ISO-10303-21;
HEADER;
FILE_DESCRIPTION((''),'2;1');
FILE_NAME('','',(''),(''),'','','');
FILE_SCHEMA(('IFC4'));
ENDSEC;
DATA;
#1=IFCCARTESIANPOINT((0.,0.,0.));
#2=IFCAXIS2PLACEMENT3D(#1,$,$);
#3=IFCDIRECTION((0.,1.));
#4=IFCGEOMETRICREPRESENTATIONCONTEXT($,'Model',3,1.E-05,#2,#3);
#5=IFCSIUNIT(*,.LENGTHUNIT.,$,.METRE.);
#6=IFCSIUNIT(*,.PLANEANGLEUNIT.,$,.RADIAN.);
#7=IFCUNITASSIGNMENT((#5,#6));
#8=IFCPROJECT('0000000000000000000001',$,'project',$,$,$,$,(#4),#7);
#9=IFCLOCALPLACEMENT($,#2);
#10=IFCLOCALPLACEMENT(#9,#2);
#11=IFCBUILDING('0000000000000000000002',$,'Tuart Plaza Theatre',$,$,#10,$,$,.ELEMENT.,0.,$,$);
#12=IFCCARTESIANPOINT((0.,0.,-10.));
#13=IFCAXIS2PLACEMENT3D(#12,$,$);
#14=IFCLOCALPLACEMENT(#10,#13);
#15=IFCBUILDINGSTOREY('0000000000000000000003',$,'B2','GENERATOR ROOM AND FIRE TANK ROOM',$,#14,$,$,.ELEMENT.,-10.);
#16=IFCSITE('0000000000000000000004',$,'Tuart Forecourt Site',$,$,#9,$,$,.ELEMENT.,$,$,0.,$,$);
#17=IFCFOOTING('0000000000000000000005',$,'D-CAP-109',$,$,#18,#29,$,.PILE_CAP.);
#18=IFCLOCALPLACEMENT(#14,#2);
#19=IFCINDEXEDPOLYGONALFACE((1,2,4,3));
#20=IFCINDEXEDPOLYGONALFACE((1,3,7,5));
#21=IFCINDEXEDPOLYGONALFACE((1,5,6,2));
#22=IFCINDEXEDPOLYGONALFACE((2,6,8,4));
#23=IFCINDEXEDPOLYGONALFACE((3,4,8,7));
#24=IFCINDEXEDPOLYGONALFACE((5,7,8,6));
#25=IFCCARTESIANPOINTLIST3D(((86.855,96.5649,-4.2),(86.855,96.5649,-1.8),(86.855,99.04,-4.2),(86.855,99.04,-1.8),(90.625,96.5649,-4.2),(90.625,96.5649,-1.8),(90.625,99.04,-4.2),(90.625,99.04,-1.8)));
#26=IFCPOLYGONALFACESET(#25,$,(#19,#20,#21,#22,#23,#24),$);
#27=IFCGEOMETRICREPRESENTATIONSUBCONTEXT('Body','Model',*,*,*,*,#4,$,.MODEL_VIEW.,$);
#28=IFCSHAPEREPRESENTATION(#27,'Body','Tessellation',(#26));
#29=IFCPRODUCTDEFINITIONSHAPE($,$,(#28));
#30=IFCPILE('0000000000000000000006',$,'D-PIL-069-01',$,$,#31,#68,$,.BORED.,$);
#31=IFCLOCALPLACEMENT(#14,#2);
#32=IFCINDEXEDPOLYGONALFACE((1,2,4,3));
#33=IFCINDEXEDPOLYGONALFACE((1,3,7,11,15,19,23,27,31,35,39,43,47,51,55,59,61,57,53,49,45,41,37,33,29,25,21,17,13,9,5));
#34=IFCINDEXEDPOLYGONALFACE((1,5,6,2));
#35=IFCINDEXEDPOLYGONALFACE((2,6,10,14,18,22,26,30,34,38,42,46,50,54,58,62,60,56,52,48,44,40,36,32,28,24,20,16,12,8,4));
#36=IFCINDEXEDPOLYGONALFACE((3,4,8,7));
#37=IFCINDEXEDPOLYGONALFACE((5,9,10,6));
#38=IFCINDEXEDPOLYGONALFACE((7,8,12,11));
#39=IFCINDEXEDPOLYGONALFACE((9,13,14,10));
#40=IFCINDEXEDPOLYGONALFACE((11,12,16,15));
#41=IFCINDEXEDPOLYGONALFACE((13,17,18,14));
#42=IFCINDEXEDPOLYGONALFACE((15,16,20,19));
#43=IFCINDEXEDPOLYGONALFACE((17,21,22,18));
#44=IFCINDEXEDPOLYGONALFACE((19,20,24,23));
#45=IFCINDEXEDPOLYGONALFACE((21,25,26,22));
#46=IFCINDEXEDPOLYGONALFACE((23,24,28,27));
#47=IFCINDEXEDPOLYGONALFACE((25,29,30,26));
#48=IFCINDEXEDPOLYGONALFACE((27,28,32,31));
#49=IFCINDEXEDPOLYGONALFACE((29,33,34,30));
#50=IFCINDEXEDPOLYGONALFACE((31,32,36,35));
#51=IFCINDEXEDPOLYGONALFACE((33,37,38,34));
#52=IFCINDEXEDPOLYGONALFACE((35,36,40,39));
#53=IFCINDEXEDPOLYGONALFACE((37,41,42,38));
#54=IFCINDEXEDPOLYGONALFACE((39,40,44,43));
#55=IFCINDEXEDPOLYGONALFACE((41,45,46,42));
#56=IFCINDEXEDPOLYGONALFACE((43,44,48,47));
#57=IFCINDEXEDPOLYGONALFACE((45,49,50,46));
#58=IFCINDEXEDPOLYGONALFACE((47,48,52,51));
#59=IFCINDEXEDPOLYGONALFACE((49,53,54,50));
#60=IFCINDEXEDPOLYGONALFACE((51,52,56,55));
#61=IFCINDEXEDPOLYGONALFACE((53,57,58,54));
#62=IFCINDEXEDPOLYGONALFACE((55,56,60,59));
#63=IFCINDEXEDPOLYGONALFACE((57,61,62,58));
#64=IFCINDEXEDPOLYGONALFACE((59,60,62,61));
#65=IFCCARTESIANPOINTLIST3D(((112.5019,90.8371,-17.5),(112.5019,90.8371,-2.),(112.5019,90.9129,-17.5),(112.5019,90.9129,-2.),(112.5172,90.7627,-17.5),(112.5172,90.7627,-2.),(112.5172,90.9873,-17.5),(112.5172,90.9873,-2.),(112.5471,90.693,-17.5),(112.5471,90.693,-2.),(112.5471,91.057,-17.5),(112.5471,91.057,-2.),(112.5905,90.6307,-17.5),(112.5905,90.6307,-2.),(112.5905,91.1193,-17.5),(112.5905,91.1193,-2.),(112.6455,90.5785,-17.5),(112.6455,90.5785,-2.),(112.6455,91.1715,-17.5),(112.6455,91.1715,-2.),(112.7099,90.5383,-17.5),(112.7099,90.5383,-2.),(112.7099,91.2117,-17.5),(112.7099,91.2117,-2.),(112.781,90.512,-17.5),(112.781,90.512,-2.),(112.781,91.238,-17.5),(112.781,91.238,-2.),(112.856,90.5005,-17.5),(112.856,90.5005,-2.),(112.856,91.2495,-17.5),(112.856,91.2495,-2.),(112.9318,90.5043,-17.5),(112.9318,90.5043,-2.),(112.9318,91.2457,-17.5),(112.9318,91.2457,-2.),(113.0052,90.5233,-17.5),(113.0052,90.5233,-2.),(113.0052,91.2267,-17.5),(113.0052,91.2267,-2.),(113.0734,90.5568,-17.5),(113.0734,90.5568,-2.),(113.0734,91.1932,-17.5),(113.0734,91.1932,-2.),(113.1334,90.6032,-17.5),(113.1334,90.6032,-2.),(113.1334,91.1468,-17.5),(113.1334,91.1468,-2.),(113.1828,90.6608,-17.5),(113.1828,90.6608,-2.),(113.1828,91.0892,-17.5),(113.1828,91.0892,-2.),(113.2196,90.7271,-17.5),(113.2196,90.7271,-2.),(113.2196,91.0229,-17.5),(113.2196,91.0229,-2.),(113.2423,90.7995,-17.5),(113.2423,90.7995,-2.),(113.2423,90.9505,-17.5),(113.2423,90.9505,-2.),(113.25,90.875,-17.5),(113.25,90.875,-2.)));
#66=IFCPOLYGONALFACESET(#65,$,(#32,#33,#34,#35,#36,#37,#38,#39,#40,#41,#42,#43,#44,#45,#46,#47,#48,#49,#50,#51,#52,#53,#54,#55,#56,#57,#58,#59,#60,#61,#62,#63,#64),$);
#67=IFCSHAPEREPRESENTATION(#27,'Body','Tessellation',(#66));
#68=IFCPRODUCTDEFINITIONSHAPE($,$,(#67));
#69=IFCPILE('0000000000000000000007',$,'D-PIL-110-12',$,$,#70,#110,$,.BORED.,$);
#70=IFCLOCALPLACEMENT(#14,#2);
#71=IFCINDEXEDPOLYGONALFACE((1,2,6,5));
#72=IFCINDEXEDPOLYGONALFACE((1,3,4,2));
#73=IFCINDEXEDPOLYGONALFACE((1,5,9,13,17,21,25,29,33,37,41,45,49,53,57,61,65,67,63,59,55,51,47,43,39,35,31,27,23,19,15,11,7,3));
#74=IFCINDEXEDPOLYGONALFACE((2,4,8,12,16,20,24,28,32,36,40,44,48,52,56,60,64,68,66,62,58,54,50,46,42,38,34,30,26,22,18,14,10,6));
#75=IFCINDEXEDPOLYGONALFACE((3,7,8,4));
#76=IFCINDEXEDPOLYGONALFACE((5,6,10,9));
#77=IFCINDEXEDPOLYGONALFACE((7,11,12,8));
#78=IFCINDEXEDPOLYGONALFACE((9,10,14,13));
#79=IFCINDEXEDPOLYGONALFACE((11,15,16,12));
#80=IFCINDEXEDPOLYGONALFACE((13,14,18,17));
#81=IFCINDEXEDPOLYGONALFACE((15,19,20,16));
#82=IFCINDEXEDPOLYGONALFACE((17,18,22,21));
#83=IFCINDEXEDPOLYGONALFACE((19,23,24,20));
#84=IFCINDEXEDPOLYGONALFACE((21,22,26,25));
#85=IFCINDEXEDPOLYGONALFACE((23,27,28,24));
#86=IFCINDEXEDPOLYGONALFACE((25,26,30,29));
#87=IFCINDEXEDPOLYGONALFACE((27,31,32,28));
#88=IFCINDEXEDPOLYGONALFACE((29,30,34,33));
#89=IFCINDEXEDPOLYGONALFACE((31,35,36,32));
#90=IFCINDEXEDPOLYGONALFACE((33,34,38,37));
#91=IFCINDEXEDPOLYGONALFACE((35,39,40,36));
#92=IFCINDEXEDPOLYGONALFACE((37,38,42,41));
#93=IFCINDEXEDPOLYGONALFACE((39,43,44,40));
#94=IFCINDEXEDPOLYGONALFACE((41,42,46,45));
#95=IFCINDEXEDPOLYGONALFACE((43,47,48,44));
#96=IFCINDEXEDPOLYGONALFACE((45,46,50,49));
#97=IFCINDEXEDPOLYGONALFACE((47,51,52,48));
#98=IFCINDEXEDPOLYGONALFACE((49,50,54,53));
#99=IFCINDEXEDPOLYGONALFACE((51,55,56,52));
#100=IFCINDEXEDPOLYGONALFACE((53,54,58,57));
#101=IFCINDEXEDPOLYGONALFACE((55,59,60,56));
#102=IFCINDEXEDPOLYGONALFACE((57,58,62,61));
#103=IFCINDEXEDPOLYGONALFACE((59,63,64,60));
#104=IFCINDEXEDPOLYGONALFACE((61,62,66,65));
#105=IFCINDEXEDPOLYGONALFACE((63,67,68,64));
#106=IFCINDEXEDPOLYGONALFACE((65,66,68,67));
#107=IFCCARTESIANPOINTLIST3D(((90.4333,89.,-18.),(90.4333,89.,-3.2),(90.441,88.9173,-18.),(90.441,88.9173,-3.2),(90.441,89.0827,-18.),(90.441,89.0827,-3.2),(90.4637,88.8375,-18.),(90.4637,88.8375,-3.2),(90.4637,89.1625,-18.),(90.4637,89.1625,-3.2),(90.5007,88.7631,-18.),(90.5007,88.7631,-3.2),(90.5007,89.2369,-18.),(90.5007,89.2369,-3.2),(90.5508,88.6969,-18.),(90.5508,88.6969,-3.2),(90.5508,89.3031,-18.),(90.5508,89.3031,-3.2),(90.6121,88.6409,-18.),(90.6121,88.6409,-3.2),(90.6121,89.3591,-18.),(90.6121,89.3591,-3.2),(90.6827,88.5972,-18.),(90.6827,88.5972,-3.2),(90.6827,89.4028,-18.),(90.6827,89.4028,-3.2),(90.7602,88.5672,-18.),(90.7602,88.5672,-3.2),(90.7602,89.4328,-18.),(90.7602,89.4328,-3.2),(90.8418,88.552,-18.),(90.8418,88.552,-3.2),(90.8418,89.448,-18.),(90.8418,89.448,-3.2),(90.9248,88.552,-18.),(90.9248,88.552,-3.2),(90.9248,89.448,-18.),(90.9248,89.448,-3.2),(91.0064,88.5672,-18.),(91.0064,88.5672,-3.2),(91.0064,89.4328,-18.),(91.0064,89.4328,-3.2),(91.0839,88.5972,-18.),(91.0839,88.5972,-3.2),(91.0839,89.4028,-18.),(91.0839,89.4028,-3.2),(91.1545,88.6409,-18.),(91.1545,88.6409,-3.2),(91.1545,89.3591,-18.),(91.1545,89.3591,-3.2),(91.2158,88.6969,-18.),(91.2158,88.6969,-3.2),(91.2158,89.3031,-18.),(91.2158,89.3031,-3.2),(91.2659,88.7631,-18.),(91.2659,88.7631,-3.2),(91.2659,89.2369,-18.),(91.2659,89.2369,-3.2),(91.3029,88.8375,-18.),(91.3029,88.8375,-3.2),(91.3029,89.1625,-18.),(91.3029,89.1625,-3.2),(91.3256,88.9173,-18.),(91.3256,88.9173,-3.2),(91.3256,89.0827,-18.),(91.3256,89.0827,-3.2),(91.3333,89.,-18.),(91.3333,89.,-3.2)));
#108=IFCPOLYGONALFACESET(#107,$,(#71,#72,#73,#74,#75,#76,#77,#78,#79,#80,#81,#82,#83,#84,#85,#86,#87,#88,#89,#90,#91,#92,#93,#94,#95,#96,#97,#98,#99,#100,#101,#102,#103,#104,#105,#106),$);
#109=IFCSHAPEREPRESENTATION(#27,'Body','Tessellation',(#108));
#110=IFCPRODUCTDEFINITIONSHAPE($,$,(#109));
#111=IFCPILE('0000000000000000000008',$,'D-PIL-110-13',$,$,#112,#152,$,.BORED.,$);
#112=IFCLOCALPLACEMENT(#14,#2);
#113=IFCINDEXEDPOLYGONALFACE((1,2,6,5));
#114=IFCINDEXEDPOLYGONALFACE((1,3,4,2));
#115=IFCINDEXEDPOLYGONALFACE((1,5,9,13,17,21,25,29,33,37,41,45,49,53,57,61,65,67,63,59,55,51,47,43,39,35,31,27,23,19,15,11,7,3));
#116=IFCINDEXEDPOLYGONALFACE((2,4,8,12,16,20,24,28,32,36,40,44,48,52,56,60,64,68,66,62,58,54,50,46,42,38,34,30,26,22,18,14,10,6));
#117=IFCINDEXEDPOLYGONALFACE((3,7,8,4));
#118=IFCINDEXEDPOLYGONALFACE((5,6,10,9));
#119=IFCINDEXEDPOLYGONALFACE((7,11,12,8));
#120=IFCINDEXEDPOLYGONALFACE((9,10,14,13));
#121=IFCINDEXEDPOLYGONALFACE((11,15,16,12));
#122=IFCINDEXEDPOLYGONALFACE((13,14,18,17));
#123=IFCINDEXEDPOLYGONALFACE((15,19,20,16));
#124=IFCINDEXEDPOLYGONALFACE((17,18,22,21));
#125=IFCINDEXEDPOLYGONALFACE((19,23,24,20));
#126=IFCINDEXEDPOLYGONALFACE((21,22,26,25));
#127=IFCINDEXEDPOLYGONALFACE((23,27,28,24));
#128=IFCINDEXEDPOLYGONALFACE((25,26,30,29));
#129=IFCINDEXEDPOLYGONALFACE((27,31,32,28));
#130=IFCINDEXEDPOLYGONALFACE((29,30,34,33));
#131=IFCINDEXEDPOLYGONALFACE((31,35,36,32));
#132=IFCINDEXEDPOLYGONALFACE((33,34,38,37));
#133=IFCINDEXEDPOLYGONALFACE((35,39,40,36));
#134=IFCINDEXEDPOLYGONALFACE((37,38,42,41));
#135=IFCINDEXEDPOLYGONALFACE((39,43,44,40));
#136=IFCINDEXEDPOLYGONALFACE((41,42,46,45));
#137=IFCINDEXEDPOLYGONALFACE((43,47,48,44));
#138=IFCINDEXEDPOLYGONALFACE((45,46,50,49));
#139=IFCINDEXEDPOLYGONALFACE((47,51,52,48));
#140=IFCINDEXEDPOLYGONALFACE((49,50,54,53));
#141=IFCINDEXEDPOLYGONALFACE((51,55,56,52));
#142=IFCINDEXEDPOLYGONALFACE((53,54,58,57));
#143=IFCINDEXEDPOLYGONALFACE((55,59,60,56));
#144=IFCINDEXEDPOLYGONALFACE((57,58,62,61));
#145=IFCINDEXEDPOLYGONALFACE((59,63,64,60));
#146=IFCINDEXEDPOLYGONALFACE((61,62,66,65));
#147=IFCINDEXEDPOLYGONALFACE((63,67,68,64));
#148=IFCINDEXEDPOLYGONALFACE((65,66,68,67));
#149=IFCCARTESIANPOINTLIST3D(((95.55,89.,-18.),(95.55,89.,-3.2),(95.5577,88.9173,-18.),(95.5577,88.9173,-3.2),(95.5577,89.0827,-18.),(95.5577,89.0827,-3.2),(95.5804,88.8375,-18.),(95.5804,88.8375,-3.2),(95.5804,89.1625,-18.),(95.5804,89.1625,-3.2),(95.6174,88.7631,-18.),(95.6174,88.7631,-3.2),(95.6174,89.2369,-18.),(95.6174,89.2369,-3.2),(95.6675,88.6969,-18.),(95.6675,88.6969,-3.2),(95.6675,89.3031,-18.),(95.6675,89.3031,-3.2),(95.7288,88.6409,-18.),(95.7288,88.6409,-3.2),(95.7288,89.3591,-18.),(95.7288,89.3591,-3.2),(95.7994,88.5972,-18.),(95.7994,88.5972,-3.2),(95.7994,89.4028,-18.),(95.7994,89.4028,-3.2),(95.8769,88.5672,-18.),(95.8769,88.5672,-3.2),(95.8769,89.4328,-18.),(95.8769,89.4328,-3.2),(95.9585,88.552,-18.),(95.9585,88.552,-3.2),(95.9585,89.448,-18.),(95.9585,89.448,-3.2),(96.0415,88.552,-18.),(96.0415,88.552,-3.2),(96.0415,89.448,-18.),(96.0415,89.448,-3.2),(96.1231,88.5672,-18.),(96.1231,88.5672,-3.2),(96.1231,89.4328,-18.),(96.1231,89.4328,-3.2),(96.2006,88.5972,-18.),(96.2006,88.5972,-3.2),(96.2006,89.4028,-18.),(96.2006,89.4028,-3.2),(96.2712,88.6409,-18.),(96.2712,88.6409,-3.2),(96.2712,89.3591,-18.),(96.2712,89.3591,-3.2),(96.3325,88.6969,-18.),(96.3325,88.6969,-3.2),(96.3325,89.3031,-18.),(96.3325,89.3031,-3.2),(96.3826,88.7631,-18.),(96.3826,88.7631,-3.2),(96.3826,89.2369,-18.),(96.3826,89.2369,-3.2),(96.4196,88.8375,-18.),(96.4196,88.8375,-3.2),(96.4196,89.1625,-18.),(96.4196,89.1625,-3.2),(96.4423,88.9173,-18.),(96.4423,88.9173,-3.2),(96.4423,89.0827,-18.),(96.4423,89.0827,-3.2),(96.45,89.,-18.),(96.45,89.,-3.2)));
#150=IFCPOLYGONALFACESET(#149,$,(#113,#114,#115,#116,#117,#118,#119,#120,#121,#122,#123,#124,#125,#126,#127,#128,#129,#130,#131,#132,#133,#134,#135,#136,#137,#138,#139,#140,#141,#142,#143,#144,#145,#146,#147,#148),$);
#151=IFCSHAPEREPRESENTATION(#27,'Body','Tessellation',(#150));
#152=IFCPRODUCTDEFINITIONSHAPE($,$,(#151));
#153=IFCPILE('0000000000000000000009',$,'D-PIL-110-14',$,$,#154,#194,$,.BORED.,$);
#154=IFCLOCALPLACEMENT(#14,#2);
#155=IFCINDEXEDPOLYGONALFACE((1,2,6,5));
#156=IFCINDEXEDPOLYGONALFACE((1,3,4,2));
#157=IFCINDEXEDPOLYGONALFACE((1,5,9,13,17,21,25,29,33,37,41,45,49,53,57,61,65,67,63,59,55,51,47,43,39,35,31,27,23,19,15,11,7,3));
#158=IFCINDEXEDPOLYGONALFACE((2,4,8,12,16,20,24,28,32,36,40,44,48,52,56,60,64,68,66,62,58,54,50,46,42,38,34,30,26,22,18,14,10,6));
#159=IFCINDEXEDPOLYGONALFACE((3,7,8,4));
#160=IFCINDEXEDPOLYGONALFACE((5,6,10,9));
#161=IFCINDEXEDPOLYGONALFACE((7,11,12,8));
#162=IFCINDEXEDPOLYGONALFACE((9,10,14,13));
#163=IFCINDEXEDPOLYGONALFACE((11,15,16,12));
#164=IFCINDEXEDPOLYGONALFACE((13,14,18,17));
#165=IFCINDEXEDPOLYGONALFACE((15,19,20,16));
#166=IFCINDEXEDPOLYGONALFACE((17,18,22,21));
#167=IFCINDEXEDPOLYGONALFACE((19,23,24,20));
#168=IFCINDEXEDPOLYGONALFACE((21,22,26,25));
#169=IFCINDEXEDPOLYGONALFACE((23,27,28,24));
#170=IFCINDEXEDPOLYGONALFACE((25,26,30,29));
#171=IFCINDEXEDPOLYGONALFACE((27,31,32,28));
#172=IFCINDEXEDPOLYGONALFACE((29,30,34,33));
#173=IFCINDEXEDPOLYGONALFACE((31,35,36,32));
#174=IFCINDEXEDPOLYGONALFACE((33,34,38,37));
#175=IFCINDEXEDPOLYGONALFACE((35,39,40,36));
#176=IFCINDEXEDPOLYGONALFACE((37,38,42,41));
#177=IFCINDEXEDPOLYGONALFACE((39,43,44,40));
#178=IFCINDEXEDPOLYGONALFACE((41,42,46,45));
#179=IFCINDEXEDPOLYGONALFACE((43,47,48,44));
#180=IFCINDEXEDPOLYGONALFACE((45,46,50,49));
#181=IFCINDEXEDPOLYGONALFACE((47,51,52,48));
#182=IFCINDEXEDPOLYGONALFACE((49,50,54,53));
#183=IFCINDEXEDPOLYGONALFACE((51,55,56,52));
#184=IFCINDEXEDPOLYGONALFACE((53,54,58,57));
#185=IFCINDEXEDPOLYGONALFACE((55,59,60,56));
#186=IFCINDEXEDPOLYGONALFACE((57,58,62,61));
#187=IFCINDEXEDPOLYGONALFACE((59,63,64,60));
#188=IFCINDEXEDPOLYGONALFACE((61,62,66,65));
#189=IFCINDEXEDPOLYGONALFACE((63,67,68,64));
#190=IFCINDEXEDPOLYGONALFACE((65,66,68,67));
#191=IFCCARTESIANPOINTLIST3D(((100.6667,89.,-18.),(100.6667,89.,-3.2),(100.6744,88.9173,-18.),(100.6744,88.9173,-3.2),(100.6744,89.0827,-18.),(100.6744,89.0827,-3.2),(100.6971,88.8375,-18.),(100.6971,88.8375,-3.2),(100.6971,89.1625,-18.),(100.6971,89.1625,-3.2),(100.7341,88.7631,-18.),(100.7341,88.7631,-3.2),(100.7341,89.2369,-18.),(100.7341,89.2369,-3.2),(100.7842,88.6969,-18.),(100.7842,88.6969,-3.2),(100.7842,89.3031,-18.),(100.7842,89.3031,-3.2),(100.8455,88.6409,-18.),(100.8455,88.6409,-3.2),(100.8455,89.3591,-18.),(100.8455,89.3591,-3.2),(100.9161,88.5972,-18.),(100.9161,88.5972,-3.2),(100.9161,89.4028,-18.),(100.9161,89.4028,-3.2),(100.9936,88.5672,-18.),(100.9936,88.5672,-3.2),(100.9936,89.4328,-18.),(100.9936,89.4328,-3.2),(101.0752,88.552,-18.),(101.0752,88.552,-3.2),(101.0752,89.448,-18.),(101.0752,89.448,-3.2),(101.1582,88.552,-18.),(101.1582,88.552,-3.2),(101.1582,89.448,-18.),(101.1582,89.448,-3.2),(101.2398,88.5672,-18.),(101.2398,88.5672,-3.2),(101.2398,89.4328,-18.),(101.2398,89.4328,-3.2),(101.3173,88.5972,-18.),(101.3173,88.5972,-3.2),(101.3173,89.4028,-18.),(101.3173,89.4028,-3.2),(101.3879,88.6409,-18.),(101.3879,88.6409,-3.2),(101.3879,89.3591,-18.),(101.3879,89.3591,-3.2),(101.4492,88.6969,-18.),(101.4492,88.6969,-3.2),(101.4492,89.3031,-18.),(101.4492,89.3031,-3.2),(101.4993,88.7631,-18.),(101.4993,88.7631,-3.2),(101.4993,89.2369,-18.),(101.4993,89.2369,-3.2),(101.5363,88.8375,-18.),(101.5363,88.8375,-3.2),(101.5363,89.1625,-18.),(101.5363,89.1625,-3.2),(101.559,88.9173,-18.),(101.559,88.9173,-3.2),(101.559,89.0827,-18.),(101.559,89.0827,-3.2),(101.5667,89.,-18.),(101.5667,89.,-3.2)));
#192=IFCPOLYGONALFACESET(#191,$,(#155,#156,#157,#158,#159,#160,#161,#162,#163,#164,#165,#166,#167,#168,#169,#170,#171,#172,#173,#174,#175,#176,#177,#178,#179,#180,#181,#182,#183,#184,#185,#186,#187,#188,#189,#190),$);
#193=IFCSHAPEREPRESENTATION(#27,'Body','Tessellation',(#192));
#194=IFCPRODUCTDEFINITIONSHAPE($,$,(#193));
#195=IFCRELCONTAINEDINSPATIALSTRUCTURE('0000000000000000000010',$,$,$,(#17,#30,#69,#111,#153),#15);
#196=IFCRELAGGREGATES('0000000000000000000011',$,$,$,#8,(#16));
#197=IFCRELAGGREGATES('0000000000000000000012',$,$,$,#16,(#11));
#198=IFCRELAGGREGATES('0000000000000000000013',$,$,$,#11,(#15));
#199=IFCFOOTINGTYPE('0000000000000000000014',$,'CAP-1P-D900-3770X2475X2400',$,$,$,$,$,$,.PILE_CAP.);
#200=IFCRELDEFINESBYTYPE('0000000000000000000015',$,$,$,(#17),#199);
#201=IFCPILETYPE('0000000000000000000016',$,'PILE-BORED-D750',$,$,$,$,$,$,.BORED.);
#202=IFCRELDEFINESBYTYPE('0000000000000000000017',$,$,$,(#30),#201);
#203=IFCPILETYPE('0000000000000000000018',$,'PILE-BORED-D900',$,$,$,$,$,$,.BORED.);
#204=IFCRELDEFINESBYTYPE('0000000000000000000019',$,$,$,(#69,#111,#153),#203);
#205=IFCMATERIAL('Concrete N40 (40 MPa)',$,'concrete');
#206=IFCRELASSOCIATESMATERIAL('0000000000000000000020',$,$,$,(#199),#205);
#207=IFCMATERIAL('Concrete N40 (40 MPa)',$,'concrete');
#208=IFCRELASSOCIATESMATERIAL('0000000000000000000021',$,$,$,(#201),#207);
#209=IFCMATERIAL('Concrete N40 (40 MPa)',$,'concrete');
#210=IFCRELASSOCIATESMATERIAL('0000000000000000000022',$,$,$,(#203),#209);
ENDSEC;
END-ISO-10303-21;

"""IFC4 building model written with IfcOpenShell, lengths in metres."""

from ifc_helpers import new_model, si_unit, direction, frame, origin, origin_2d, place, context, subcontext, project, spatial, rectangle, circle, extrude, material, material_profile, profile_set, type_object, element, save


model = new_model("IFC4")

# Units and contexts
model_context = context("Model", 3, precision=1e-05, world=origin(), true_north=direction((0.0, 1.0)))
body_context = subcontext(model_context, "Body", "Model", "MODEL_VIEW")
ifc_project = project(units=[si_unit("LENGTHUNIT", "METRE"), si_unit("PLANEANGLEUNIT", "RADIAN")], contexts=[model_context])

# Site, building, storey
site_placement = place(None, origin())
site = spatial("IfcSite", under=ifc_project, at=site_placement, Name="Tuart Forecourt Site", CompositionType="ELEMENT", RefElevation=0.0)
building_placement = place(site_placement, origin())
building = spatial("IfcBuilding", under=site, at=building_placement, Name="Tuart Plaza Theatre", CompositionType="ELEMENT", ElevationOfRefHeight=0.0)
storey_placement = place(building_placement, frame((0.0, 0.0, -10.0)))
storey = spatial("IfcBuildingStorey", under=building, at=storey_placement, Name="B2", Description="GENERATOR ROOM AND FIRE TANK ROOM", CompositionType="ELEMENT", Elevation=-10.0)

# Footing
ifc_material_1 = material(Name="Concrete N40 (40 MPa)", Category="concrete")
footing_type = type_object("IfcFootingType", Name="CAP-1P-D900-3770X2475X2400", PredefinedType="PILE_CAP", material=ifc_material_1)
footing_placement = place(storey_placement, frame((88.74, 97.8025, -4.2), z_axis=(0.0, 0.0, 1.0), x_axis=(1.0, 0.0, 0.0)))
element("IfcFooting", 1, at=footing_placement, inside=storey, type_object=footing_type, Name="D-CAP-109", PredefinedType="PILE_CAP", context=body_context, shape_type="SweptSolid", body=[
    extrude(rectangle(XDim=3.77, YDim=2.4751, at=origin_2d()), origin(), (0.0, 0.0, 1.0), 2.3999),
])

# Piles
ifc_material_2 = material(Name="Concrete N40 (40 MPa)", Category="concrete")
ifc_material_profile_1 = material_profile(ifc_material_2, circle(Radius=0.375, at=origin_2d()), Name="PILE-BORED-D750")
ifc_profile_set_1 = profile_set([ifc_material_profile_1], Name="Concrete N40 (40 MPa)")
pile_type_1 = type_object("IfcPileType", Name="PILE-BORED-D750", PredefinedType="BORED", material=ifc_profile_set_1)
pile_placement = place(storey_placement, frame((112.875, 90.875, -2.0), z_axis=(0.0, 0.0, -1.0), x_axis=(1.0, 0.0, 0.0)))
element("IfcPile", 2, at=pile_placement, inside=storey, type_object=pile_type_1, Name="D-PIL-069-01", PredefinedType="BORED", context=body_context, shape_type="SweptSolid", body=[
    extrude(circle(Radius=0.375, at=origin_2d()), origin(), (0.0, 0.0, 1.0), 15.5),
])
ifc_material_3 = material(Name="Concrete N40 (40 MPa)", Category="concrete")
ifc_material_profile_2 = material_profile(ifc_material_3, circle(Radius=0.45, at=origin_2d()), Name="PILE-BORED-D900")
ifc_profile_set_2 = profile_set([ifc_material_profile_2], Name="Concrete N40 (40 MPa)")
pile_type_2 = type_object("IfcPileType", Name="PILE-BORED-D900", PredefinedType="BORED", material=ifc_profile_set_2)
for number, where, z_axis, x_axis, name in (
    (3, (90.8833, 89.0, -3.2), (0.0, 0.0, -1.0), (1.0, 0.0, 0.0), "D-PIL-110-12"),
    (4, (96.0, 89.0, -3.2), (0.0, 0.0, -1.0), (1.0, 0.0, 0.0), "D-PIL-110-13"),
    (5, (101.1167, 89.0, -3.2), (0.0, 0.0, -1.0), (1.0, 0.0, 0.0), "D-PIL-110-14"),
):
    element("IfcPile", number, at=place(storey_placement, frame(where, z_axis=z_axis, x_axis=x_axis)), inside=storey, type_object=pile_type_2, Name=name, PredefinedType="BORED", context=body_context, shape_type="SweptSolid", body=[
        extrude(circle(Radius=0.45, at=origin_2d()), origin(), (0.0, 0.0, 1.0), 14.8),
    ])

save(model, "model.ifc")
